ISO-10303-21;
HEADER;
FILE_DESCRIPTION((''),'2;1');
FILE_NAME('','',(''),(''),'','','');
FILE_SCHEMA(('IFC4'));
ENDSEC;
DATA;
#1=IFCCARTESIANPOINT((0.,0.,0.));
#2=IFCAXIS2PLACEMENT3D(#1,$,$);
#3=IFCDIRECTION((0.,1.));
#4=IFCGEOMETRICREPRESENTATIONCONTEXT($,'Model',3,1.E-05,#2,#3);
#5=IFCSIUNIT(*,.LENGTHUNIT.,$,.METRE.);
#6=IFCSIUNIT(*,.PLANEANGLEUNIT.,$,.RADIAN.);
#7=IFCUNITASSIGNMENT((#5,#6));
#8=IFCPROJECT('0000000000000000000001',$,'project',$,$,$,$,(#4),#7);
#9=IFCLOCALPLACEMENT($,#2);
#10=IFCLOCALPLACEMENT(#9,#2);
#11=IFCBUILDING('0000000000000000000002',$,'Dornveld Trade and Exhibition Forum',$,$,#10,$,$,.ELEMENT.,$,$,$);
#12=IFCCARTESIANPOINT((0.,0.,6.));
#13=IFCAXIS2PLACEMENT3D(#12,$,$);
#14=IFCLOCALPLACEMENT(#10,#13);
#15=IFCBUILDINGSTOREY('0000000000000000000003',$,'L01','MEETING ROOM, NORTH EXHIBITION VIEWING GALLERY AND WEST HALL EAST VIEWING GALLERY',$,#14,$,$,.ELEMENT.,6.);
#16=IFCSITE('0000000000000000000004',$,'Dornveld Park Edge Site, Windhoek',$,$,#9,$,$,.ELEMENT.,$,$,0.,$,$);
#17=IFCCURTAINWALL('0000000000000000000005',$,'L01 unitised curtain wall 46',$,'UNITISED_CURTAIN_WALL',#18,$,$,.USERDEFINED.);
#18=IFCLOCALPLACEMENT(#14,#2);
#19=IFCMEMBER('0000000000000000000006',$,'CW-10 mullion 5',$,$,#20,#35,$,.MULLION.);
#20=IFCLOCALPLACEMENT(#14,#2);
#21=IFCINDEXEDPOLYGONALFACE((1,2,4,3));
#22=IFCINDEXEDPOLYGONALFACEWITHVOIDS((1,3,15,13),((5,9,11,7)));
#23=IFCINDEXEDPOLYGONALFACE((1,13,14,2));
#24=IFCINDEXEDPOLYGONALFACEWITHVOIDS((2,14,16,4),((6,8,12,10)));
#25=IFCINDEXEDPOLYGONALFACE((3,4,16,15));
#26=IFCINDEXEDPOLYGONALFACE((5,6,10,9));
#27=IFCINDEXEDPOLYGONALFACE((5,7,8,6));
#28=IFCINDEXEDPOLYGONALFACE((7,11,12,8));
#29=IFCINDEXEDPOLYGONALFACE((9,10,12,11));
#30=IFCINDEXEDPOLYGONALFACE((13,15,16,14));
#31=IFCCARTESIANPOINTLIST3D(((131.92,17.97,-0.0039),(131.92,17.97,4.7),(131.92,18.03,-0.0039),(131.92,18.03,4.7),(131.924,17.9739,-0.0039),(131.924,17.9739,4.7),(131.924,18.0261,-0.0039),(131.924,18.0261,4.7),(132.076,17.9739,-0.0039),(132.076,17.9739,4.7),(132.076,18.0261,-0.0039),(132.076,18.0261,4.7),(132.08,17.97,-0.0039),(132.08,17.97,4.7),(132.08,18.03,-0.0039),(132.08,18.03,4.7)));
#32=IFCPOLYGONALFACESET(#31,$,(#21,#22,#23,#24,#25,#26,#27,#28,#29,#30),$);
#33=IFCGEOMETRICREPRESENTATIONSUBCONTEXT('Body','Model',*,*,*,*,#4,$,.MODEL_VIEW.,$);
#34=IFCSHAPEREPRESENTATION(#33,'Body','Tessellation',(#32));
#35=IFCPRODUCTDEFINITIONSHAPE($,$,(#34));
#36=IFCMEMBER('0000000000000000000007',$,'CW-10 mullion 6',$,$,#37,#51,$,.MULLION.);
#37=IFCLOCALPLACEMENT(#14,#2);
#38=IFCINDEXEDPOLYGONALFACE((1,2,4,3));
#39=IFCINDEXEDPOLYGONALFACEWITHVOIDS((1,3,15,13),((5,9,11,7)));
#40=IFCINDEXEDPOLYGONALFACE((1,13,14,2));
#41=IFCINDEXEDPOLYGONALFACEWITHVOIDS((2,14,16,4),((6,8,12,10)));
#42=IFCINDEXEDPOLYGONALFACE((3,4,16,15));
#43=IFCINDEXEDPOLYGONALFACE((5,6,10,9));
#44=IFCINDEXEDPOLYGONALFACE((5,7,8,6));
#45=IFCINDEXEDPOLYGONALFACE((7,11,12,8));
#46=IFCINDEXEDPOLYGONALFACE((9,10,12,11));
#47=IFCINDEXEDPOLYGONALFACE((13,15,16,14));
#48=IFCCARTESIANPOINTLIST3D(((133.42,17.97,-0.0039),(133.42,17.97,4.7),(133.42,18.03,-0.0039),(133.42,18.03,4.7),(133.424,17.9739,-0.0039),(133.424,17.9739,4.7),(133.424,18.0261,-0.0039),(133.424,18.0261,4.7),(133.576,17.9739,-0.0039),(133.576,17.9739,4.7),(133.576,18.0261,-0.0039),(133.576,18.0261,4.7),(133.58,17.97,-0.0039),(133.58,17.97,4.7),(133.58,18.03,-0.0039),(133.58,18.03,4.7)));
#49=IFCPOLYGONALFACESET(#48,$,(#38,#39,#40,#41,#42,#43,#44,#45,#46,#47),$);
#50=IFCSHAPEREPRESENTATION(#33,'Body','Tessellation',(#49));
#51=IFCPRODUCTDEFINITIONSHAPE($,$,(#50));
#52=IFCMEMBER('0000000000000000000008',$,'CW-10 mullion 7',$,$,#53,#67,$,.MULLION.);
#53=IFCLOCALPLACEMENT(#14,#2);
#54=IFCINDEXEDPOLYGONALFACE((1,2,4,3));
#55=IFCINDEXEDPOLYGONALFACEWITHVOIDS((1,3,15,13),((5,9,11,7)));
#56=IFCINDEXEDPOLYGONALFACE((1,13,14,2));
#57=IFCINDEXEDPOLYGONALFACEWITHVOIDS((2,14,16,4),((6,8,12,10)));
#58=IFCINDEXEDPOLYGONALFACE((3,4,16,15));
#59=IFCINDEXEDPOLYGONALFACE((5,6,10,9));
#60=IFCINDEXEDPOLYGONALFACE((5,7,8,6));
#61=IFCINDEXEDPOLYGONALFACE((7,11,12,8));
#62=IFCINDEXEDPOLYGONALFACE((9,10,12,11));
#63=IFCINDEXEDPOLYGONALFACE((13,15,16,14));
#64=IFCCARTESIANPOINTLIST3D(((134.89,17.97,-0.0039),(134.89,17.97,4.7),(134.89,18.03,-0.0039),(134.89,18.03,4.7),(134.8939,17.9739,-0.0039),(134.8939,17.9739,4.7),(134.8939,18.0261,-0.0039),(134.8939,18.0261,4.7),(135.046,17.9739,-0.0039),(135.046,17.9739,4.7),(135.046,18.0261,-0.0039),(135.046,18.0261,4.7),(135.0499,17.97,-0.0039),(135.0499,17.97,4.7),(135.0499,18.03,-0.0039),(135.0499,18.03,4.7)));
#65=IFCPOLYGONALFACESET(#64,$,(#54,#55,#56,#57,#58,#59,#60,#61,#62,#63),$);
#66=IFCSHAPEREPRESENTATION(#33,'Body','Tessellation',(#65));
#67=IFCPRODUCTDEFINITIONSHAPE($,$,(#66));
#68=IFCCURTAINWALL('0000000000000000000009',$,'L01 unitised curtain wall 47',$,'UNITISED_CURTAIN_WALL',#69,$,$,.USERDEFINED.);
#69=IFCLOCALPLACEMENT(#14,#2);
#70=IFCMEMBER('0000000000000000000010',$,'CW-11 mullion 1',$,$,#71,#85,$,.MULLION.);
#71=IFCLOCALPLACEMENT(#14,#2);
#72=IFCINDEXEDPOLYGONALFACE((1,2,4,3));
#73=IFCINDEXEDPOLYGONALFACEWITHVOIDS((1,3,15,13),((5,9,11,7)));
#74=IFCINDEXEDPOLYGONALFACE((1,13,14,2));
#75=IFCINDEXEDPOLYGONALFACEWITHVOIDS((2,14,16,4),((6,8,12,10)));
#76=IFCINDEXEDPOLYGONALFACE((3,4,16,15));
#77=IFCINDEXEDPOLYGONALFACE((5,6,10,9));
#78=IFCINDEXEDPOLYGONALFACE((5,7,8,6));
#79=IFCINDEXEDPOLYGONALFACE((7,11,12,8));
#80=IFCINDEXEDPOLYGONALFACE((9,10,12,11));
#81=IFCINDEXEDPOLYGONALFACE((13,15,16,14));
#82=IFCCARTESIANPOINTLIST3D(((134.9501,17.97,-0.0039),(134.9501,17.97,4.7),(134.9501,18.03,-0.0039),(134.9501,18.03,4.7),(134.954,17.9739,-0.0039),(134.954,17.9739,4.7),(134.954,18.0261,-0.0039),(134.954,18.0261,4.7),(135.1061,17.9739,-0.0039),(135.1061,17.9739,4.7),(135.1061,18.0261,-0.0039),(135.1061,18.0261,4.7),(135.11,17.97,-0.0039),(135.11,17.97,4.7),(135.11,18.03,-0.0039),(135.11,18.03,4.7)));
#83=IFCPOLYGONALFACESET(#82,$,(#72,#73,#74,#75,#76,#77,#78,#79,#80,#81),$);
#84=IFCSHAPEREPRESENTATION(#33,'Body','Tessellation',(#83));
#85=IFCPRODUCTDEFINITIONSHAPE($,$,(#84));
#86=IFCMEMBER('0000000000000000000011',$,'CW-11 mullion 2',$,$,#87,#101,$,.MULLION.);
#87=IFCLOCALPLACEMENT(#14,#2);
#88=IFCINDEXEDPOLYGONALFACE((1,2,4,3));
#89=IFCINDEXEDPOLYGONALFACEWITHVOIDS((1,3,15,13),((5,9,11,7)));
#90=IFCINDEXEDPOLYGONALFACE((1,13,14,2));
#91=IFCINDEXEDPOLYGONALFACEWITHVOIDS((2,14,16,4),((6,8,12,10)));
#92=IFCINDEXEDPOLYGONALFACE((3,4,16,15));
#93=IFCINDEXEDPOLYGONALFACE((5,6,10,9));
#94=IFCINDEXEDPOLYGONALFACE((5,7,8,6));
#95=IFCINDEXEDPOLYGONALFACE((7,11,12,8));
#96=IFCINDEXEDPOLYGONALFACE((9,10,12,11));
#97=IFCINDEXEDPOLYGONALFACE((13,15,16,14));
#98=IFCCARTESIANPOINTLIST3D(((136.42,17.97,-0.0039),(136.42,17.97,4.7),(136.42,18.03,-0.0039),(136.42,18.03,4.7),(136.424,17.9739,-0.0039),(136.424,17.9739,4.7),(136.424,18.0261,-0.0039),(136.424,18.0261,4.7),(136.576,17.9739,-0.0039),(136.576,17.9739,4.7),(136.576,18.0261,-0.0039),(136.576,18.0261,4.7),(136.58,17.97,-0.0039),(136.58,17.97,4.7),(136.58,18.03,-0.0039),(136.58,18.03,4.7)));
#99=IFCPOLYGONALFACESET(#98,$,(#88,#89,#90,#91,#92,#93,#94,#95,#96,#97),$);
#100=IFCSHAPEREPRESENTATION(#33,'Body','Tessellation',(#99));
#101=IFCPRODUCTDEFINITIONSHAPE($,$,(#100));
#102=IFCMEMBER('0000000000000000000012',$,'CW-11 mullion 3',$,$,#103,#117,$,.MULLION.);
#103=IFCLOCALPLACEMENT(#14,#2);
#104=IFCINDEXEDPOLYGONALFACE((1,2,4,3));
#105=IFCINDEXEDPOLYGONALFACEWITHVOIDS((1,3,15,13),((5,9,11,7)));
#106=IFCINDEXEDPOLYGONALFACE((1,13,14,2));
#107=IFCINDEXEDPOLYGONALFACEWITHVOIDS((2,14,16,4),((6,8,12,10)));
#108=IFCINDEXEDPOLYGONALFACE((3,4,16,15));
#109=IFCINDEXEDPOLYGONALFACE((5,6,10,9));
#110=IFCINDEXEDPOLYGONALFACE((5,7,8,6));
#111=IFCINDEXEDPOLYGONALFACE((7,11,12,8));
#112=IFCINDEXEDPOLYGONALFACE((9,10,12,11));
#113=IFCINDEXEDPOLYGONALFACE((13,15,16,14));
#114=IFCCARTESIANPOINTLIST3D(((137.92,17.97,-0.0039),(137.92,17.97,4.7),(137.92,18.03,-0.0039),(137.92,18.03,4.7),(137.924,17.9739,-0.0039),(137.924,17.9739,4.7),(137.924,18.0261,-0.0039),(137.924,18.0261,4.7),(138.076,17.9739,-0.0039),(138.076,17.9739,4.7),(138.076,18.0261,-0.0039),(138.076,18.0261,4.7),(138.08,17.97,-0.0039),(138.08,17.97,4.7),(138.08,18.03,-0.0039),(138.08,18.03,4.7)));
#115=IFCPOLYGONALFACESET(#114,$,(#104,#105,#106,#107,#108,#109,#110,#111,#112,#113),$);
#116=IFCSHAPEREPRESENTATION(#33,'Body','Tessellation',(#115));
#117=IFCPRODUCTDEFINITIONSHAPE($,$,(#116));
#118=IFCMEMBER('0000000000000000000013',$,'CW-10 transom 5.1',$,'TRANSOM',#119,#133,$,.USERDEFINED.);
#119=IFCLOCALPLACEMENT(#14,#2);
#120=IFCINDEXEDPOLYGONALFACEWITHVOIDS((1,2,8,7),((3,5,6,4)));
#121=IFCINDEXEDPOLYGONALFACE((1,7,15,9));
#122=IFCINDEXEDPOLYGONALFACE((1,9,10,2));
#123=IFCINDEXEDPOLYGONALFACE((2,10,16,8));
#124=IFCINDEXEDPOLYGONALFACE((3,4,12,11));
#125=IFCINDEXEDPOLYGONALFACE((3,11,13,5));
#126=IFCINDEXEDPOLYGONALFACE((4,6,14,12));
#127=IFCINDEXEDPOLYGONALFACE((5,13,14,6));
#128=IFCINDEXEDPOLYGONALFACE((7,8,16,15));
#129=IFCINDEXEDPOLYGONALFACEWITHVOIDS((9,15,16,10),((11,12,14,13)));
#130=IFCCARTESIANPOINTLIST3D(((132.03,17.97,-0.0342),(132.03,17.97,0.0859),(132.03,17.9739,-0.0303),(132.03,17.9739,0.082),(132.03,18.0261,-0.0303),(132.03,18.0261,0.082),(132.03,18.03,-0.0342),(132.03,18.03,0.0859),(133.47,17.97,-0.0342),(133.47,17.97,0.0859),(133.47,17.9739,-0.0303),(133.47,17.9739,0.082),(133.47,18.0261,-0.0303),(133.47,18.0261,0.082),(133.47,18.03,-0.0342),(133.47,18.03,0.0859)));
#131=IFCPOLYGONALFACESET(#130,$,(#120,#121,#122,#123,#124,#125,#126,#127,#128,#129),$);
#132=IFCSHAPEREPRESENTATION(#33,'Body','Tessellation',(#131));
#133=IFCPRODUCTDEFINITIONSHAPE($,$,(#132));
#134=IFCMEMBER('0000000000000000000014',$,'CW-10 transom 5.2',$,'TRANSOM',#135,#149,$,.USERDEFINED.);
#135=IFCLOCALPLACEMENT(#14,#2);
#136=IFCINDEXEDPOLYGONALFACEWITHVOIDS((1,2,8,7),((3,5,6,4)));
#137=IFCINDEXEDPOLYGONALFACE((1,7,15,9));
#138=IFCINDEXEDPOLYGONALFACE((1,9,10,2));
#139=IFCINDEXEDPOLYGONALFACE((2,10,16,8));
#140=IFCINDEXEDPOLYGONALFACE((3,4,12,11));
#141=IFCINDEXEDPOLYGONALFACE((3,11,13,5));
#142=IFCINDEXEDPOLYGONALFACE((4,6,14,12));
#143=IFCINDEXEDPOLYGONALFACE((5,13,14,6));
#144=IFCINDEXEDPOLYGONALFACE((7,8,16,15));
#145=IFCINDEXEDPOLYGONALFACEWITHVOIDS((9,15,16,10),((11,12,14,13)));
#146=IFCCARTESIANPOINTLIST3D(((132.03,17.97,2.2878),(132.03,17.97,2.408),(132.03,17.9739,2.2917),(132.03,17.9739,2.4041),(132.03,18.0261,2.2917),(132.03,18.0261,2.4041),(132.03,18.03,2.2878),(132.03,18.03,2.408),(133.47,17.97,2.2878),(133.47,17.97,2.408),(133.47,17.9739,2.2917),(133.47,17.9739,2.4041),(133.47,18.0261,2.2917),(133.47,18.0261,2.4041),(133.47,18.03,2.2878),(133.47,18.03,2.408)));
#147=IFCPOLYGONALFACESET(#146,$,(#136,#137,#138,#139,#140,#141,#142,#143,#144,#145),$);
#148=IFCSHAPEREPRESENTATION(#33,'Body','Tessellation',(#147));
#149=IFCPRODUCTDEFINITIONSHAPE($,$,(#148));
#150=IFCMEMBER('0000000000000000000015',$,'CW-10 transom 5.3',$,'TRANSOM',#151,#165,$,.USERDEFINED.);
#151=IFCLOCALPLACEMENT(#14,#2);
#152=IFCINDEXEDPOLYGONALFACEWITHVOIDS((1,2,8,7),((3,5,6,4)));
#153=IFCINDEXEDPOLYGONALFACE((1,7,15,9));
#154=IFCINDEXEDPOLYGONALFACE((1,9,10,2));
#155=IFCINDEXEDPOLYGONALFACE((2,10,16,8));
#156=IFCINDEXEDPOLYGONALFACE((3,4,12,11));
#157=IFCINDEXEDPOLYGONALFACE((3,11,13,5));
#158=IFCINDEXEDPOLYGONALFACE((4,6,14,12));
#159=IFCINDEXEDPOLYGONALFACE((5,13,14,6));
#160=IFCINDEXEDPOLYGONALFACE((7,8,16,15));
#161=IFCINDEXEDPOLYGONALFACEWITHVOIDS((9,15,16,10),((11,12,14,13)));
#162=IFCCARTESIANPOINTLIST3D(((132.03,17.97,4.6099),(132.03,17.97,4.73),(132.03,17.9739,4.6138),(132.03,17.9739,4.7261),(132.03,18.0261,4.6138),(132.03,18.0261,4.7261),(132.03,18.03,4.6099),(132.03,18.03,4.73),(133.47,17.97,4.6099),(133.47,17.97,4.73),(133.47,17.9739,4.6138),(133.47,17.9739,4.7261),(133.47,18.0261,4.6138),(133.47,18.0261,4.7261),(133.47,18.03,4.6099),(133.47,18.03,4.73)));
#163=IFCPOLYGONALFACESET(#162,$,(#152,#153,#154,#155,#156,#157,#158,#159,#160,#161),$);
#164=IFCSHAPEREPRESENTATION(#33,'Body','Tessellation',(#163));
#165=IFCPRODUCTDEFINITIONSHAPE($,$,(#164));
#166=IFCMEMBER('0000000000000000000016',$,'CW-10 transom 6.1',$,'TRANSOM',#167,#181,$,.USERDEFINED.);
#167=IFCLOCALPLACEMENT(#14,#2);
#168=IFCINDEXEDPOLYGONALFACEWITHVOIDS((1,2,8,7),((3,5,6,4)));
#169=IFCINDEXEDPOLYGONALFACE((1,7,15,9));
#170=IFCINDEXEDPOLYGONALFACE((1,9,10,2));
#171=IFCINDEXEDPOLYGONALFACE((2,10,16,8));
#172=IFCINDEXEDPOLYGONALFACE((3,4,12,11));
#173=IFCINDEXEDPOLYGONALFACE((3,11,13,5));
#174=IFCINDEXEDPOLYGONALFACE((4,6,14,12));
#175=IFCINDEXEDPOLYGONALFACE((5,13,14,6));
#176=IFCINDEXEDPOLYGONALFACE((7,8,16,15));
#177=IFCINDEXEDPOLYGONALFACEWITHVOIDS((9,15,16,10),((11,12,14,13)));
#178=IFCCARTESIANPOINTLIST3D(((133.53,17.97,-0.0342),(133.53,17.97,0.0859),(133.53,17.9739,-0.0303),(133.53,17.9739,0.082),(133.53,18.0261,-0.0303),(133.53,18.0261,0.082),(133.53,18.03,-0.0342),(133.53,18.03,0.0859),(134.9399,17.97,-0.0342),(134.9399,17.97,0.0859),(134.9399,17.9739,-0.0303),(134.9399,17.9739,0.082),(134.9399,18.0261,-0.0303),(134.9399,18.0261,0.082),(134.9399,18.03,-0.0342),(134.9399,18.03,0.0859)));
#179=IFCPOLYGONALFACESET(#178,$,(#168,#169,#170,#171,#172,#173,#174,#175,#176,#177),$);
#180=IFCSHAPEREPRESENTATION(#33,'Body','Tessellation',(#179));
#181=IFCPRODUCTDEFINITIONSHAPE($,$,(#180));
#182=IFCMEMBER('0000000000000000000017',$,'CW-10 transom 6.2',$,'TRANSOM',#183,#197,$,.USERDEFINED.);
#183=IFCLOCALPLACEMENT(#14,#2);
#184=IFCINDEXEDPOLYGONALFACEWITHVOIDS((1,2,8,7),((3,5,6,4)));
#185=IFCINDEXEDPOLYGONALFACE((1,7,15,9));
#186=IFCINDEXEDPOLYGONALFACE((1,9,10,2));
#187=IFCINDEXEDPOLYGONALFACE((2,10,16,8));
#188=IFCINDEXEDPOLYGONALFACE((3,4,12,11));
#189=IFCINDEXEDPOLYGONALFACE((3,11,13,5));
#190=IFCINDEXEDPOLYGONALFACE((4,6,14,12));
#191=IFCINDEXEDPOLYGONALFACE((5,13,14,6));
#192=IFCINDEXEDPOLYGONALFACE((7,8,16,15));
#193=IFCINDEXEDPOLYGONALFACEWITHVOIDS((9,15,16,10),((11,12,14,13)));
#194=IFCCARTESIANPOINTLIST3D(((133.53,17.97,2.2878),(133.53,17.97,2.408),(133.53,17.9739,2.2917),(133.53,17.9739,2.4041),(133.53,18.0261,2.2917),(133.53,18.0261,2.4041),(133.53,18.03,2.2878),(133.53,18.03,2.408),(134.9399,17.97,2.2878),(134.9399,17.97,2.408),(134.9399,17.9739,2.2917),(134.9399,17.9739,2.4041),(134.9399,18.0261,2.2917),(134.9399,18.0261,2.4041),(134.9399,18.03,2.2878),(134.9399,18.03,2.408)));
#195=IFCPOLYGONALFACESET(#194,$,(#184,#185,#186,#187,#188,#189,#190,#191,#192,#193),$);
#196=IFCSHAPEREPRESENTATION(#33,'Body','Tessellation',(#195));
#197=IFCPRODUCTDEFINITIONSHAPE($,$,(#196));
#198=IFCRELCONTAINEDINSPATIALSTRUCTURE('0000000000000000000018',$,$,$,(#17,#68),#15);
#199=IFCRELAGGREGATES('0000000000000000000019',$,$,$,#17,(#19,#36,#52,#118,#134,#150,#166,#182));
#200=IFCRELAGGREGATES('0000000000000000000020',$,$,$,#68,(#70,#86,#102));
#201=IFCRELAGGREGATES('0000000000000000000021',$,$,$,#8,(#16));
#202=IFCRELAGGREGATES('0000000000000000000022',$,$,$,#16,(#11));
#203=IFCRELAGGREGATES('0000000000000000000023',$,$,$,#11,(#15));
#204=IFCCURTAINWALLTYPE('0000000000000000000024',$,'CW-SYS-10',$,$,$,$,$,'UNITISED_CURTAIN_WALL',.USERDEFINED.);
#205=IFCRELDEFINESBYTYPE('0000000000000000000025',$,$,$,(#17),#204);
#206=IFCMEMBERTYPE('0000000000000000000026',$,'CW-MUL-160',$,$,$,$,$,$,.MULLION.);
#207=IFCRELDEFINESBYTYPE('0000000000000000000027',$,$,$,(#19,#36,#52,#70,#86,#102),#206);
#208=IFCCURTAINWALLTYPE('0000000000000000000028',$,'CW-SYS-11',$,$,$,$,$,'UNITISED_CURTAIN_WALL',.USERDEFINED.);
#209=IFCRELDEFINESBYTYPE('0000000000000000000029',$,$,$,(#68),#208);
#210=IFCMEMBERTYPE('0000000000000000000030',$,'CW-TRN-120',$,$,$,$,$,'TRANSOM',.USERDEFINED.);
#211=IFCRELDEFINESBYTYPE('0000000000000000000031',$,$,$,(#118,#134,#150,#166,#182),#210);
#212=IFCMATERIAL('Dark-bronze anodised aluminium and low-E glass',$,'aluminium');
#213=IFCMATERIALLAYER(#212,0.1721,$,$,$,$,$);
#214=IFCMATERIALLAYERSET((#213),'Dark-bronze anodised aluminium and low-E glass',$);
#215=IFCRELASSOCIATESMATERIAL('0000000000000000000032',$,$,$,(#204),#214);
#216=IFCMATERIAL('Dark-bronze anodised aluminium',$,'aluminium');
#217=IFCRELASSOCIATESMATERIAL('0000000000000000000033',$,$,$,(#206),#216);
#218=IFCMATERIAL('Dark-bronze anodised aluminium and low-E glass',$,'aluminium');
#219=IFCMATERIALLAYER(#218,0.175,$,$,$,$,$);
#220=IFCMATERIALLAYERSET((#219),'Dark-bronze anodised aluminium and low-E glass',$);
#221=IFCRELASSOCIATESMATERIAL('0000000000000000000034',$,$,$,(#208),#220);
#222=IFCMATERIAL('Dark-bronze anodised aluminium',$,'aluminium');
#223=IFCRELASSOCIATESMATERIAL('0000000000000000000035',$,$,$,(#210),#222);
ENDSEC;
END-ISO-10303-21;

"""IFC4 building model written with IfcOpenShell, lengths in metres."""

from ifc_helpers import new_model, si_unit, direction, frame, origin, origin_2d, place, context, subcontext, project, spatial, hollow_rectangle, extrude, material, layer, layer_set, material_profile, profile_set, type_object, element, aggregate, save


model = new_model("IFC4")

# Units and contexts
model_context = context("Model", 3, precision=1e-05, world=origin(), true_north=direction((0.0, 1.0)))
body_context = subcontext(model_context, "Body", "Model", "MODEL_VIEW")
ifc_project = project(units=[si_unit("LENGTHUNIT", "METRE"), si_unit("PLANEANGLEUNIT", "RADIAN")], contexts=[model_context])

# Site, building, storey
site_placement = place(None, origin())
site = spatial("IfcSite", under=ifc_project, at=site_placement, Name="Dornveld Park Edge Site, Windhoek", CompositionType="ELEMENT", RefElevation=0.0)
building_placement = place(site_placement, origin())
building = spatial("IfcBuilding", under=site, at=building_placement, Name="Dornveld Trade and Exhibition Forum", CompositionType="ELEMENT")
storey_placement = place(building_placement, frame((0.0, 0.0, 6.0)))
storey = spatial("IfcBuildingStorey", under=building, at=storey_placement, Name="L01", Description="MEETING ROOM, NORTH EXHIBITION VIEWING GALLERY AND WEST HALL EAST VIEWING GALLERY", CompositionType="ELEMENT", Elevation=6.0)

# Curtain walls, members
ifc_material_1 = material(Name="Dark-bronze anodised aluminium and low-E glass", Category="aluminium")
ifc_layer_1 = layer(ifc_material_1, 0.1721)
ifc_layer_set_1 = layer_set([ifc_layer_1], Name="Dark-bronze anodised aluminium and low-E glass")
curtain_wall_type_1 = type_object("IfcCurtainWallType", Name="CW-SYS-10", ElementType="UNITISED_CURTAIN_WALL", PredefinedType="USERDEFINED", material=ifc_layer_set_1)
curtain_wall_1_placement = place(storey_placement, origin())
curtain_wall_1 = element("IfcCurtainWall", 1, at=curtain_wall_1_placement, inside=storey, type_object=curtain_wall_type_1, Name="L01 unitised curtain wall 46", ObjectType="UNITISED_CURTAIN_WALL", PredefinedType="USERDEFINED")
ifc_material_2 = material(Name="Dark-bronze anodised aluminium", Category="aluminium")
ifc_material_profile_1 = material_profile(ifc_material_2, hollow_rectangle(XDim=0.0601, YDim=0.1599, WallThickness=0.0039, at=origin_2d()), Name="RHS 160x60x4")
ifc_profile_set_1 = profile_set([ifc_material_profile_1], Name="Dark-bronze anodised aluminium")
member_type_1 = type_object("IfcMemberType", Name="CW-MUL-160", PredefinedType="MULLION", material=ifc_profile_set_1)
member_1_placement = place(storey_placement, frame((132.0, 18.0, -0.0039), z_axis=(0.0, 0.0, 1.0), x_axis=(0.0, 1.0, 0.0)))
member_1 = element("IfcMember", 2, at=member_1_placement, type_object=member_type_1, Name="CW-10 mullion 5", PredefinedType="MULLION", context=body_context, shape_type="SweptSolid", body=[
    extrude(hollow_rectangle(XDim=0.0601, YDim=0.1599, WallThickness=0.0039, at=origin_2d()), origin(), (0.0, 0.0, 1.0), 4.7039),
])
member_2_placement = place(storey_placement, frame((133.5, 18.0, -0.0039), z_axis=(0.0, 0.0, 1.0), x_axis=(0.0, 1.0, 0.0)))
member_2 = element("IfcMember", 3, at=member_2_placement, type_object=member_type_1, Name="CW-10 mullion 6", PredefinedType="MULLION", context=body_context, shape_type="SweptSolid", body=[
    extrude(hollow_rectangle(XDim=0.0601, YDim=0.1599, WallThickness=0.0039, at=origin_2d()), origin(), (0.0, 0.0, 1.0), 4.7039),
])
member_3_placement = place(storey_placement, frame((134.97, 18.0, -0.0039), z_axis=(0.0, 0.0, 1.0), x_axis=(0.0, 1.0, 0.0)))
member_3 = element("IfcMember", 4, at=member_3_placement, type_object=member_type_1, Name="CW-10 mullion 7", PredefinedType="MULLION", context=body_context, shape_type="SweptSolid", body=[
    extrude(hollow_rectangle(XDim=0.0601, YDim=0.1599, WallThickness=0.0039, at=origin_2d()), origin(), (0.0, 0.0, 1.0), 4.7039),
])
ifc_material_3 = material(Name="Dark-bronze anodised aluminium and low-E glass", Category="aluminium")
ifc_layer_2 = layer(ifc_material_3, 0.175)
ifc_layer_set_2 = layer_set([ifc_layer_2], Name="Dark-bronze anodised aluminium and low-E glass")
curtain_wall_type_2 = type_object("IfcCurtainWallType", Name="CW-SYS-11", ElementType="UNITISED_CURTAIN_WALL", PredefinedType="USERDEFINED", material=ifc_layer_set_2)
curtain_wall_2_placement = place(storey_placement, origin())
curtain_wall_2 = element("IfcCurtainWall", 5, at=curtain_wall_2_placement, inside=storey, type_object=curtain_wall_type_2, Name="L01 unitised curtain wall 47", ObjectType="UNITISED_CURTAIN_WALL", PredefinedType="USERDEFINED")
member_4_placement = place(storey_placement, frame((135.03, 18.0, -0.0039), z_axis=(0.0, 0.0, 1.0), x_axis=(0.0, 1.0, 0.0)))
member_4 = element("IfcMember", 6, at=member_4_placement, type_object=member_type_1, Name="CW-11 mullion 1", PredefinedType="MULLION", context=body_context, shape_type="SweptSolid", body=[
    extrude(hollow_rectangle(XDim=0.0601, YDim=0.1599, WallThickness=0.0039, at=origin_2d()), origin(), (0.0, 0.0, 1.0), 4.7039),
])
member_5_placement = place(storey_placement, frame((136.5, 18.0, -0.0039), z_axis=(0.0, 0.0, 1.0), x_axis=(0.0, 1.0, 0.0)))
member_5 = element("IfcMember", 7, at=member_5_placement, type_object=member_type_1, Name="CW-11 mullion 2", PredefinedType="MULLION", context=body_context, shape_type="SweptSolid", body=[
    extrude(hollow_rectangle(XDim=0.0601, YDim=0.1599, WallThickness=0.0039, at=origin_2d()), origin(), (0.0, 0.0, 1.0), 4.7039),
])
member_6_placement = place(storey_placement, frame((138.0, 18.0, -0.0039), z_axis=(0.0, 0.0, 1.0), x_axis=(0.0, 1.0, 0.0)))
member_6 = element("IfcMember", 8, at=member_6_placement, type_object=member_type_1, Name="CW-11 mullion 3", PredefinedType="MULLION", context=body_context, shape_type="SweptSolid", body=[
    extrude(hollow_rectangle(XDim=0.0601, YDim=0.1599, WallThickness=0.0039, at=origin_2d()), origin(), (0.0, 0.0, 1.0), 4.7039),
])

# Members
ifc_material_4 = material(Name="Dark-bronze anodised aluminium", Category="aluminium")
ifc_material_profile_2 = material_profile(ifc_material_4, hollow_rectangle(XDim=0.0601, YDim=0.1201, WallThickness=0.0039, at=origin_2d()), Name="RHS 120x60x4")
ifc_profile_set_2 = profile_set([ifc_material_profile_2], Name="Dark-bronze anodised aluminium")
member_type_2 = type_object("IfcMemberType", Name="CW-TRN-120", ElementType="TRANSOM", PredefinedType="USERDEFINED", material=ifc_profile_set_2)
member_7_placement = place(storey_placement, frame((132.03, 18.0, 0.0259), z_axis=(1.0, 0.0, 0.0), x_axis=(0.0, 1.0, 0.0)))
member_7 = element("IfcMember", 9, at=member_7_placement, type_object=member_type_2, Name="CW-10 transom 5.1", ObjectType="TRANSOM", PredefinedType="USERDEFINED", context=body_context, shape_type="SweptSolid", body=[
    extrude(hollow_rectangle(XDim=0.0601, YDim=0.1201, WallThickness=0.0039, at=origin_2d()), origin(), (0.0, 0.0, 1.0), 1.4399),
])
member_8_placement = place(storey_placement, frame((132.03, 18.0, 2.3479), z_axis=(1.0, 0.0, 0.0), x_axis=(0.0, 1.0, 0.0)))
member_8 = element("IfcMember", 10, at=member_8_placement, type_object=member_type_2, Name="CW-10 transom 5.2", ObjectType="TRANSOM", PredefinedType="USERDEFINED", context=body_context, shape_type="SweptSolid", body=[
    extrude(hollow_rectangle(XDim=0.0601, YDim=0.1201, WallThickness=0.0039, at=origin_2d()), origin(), (0.0, 0.0, 1.0), 1.4399),
])
member_9_placement = place(storey_placement, frame((132.03, 18.0, 4.6699), z_axis=(1.0, 0.0, 0.0), x_axis=(0.0, 1.0, 0.0)))
member_9 = element("IfcMember", 11, at=member_9_placement, type_object=member_type_2, Name="CW-10 transom 5.3", ObjectType="TRANSOM", PredefinedType="USERDEFINED", context=body_context, shape_type="SweptSolid", body=[
    extrude(hollow_rectangle(XDim=0.0601, YDim=0.1201, WallThickness=0.0039, at=origin_2d()), origin(), (0.0, 0.0, 1.0), 1.4399),
])
member_10_placement = place(storey_placement, frame((133.53, 18.0, 0.0259), z_axis=(1.0, 0.0, 0.0), x_axis=(0.0, 1.0, 0.0)))
member_10 = element("IfcMember", 12, at=member_10_placement, type_object=member_type_2, Name="CW-10 transom 6.1", ObjectType="TRANSOM", PredefinedType="USERDEFINED", context=body_context, shape_type="SweptSolid", body=[
    extrude(hollow_rectangle(XDim=0.0601, YDim=0.1201, WallThickness=0.0039, at=origin_2d()), origin(), (0.0, 0.0, 1.0), 1.4099),
])
member_11_placement = place(storey_placement, frame((133.53, 18.0, 2.3479), z_axis=(1.0, 0.0, 0.0), x_axis=(0.0, 1.0, 0.0)))
member_11 = element("IfcMember", 13, at=member_11_placement, type_object=member_type_2, Name="CW-10 transom 6.2", ObjectType="TRANSOM", PredefinedType="USERDEFINED", context=body_context, shape_type="SweptSolid", body=[
    extrude(hollow_rectangle(XDim=0.0601, YDim=0.1201, WallThickness=0.0039, at=origin_2d()), origin(), (0.0, 0.0, 1.0), 1.4099),
])

aggregate(curtain_wall_1, [member_1, member_2, member_3, member_7, member_8, member_9, member_10, member_11])
aggregate(curtain_wall_2, [member_4, member_5, member_6])

save(model, "model.ifc")
